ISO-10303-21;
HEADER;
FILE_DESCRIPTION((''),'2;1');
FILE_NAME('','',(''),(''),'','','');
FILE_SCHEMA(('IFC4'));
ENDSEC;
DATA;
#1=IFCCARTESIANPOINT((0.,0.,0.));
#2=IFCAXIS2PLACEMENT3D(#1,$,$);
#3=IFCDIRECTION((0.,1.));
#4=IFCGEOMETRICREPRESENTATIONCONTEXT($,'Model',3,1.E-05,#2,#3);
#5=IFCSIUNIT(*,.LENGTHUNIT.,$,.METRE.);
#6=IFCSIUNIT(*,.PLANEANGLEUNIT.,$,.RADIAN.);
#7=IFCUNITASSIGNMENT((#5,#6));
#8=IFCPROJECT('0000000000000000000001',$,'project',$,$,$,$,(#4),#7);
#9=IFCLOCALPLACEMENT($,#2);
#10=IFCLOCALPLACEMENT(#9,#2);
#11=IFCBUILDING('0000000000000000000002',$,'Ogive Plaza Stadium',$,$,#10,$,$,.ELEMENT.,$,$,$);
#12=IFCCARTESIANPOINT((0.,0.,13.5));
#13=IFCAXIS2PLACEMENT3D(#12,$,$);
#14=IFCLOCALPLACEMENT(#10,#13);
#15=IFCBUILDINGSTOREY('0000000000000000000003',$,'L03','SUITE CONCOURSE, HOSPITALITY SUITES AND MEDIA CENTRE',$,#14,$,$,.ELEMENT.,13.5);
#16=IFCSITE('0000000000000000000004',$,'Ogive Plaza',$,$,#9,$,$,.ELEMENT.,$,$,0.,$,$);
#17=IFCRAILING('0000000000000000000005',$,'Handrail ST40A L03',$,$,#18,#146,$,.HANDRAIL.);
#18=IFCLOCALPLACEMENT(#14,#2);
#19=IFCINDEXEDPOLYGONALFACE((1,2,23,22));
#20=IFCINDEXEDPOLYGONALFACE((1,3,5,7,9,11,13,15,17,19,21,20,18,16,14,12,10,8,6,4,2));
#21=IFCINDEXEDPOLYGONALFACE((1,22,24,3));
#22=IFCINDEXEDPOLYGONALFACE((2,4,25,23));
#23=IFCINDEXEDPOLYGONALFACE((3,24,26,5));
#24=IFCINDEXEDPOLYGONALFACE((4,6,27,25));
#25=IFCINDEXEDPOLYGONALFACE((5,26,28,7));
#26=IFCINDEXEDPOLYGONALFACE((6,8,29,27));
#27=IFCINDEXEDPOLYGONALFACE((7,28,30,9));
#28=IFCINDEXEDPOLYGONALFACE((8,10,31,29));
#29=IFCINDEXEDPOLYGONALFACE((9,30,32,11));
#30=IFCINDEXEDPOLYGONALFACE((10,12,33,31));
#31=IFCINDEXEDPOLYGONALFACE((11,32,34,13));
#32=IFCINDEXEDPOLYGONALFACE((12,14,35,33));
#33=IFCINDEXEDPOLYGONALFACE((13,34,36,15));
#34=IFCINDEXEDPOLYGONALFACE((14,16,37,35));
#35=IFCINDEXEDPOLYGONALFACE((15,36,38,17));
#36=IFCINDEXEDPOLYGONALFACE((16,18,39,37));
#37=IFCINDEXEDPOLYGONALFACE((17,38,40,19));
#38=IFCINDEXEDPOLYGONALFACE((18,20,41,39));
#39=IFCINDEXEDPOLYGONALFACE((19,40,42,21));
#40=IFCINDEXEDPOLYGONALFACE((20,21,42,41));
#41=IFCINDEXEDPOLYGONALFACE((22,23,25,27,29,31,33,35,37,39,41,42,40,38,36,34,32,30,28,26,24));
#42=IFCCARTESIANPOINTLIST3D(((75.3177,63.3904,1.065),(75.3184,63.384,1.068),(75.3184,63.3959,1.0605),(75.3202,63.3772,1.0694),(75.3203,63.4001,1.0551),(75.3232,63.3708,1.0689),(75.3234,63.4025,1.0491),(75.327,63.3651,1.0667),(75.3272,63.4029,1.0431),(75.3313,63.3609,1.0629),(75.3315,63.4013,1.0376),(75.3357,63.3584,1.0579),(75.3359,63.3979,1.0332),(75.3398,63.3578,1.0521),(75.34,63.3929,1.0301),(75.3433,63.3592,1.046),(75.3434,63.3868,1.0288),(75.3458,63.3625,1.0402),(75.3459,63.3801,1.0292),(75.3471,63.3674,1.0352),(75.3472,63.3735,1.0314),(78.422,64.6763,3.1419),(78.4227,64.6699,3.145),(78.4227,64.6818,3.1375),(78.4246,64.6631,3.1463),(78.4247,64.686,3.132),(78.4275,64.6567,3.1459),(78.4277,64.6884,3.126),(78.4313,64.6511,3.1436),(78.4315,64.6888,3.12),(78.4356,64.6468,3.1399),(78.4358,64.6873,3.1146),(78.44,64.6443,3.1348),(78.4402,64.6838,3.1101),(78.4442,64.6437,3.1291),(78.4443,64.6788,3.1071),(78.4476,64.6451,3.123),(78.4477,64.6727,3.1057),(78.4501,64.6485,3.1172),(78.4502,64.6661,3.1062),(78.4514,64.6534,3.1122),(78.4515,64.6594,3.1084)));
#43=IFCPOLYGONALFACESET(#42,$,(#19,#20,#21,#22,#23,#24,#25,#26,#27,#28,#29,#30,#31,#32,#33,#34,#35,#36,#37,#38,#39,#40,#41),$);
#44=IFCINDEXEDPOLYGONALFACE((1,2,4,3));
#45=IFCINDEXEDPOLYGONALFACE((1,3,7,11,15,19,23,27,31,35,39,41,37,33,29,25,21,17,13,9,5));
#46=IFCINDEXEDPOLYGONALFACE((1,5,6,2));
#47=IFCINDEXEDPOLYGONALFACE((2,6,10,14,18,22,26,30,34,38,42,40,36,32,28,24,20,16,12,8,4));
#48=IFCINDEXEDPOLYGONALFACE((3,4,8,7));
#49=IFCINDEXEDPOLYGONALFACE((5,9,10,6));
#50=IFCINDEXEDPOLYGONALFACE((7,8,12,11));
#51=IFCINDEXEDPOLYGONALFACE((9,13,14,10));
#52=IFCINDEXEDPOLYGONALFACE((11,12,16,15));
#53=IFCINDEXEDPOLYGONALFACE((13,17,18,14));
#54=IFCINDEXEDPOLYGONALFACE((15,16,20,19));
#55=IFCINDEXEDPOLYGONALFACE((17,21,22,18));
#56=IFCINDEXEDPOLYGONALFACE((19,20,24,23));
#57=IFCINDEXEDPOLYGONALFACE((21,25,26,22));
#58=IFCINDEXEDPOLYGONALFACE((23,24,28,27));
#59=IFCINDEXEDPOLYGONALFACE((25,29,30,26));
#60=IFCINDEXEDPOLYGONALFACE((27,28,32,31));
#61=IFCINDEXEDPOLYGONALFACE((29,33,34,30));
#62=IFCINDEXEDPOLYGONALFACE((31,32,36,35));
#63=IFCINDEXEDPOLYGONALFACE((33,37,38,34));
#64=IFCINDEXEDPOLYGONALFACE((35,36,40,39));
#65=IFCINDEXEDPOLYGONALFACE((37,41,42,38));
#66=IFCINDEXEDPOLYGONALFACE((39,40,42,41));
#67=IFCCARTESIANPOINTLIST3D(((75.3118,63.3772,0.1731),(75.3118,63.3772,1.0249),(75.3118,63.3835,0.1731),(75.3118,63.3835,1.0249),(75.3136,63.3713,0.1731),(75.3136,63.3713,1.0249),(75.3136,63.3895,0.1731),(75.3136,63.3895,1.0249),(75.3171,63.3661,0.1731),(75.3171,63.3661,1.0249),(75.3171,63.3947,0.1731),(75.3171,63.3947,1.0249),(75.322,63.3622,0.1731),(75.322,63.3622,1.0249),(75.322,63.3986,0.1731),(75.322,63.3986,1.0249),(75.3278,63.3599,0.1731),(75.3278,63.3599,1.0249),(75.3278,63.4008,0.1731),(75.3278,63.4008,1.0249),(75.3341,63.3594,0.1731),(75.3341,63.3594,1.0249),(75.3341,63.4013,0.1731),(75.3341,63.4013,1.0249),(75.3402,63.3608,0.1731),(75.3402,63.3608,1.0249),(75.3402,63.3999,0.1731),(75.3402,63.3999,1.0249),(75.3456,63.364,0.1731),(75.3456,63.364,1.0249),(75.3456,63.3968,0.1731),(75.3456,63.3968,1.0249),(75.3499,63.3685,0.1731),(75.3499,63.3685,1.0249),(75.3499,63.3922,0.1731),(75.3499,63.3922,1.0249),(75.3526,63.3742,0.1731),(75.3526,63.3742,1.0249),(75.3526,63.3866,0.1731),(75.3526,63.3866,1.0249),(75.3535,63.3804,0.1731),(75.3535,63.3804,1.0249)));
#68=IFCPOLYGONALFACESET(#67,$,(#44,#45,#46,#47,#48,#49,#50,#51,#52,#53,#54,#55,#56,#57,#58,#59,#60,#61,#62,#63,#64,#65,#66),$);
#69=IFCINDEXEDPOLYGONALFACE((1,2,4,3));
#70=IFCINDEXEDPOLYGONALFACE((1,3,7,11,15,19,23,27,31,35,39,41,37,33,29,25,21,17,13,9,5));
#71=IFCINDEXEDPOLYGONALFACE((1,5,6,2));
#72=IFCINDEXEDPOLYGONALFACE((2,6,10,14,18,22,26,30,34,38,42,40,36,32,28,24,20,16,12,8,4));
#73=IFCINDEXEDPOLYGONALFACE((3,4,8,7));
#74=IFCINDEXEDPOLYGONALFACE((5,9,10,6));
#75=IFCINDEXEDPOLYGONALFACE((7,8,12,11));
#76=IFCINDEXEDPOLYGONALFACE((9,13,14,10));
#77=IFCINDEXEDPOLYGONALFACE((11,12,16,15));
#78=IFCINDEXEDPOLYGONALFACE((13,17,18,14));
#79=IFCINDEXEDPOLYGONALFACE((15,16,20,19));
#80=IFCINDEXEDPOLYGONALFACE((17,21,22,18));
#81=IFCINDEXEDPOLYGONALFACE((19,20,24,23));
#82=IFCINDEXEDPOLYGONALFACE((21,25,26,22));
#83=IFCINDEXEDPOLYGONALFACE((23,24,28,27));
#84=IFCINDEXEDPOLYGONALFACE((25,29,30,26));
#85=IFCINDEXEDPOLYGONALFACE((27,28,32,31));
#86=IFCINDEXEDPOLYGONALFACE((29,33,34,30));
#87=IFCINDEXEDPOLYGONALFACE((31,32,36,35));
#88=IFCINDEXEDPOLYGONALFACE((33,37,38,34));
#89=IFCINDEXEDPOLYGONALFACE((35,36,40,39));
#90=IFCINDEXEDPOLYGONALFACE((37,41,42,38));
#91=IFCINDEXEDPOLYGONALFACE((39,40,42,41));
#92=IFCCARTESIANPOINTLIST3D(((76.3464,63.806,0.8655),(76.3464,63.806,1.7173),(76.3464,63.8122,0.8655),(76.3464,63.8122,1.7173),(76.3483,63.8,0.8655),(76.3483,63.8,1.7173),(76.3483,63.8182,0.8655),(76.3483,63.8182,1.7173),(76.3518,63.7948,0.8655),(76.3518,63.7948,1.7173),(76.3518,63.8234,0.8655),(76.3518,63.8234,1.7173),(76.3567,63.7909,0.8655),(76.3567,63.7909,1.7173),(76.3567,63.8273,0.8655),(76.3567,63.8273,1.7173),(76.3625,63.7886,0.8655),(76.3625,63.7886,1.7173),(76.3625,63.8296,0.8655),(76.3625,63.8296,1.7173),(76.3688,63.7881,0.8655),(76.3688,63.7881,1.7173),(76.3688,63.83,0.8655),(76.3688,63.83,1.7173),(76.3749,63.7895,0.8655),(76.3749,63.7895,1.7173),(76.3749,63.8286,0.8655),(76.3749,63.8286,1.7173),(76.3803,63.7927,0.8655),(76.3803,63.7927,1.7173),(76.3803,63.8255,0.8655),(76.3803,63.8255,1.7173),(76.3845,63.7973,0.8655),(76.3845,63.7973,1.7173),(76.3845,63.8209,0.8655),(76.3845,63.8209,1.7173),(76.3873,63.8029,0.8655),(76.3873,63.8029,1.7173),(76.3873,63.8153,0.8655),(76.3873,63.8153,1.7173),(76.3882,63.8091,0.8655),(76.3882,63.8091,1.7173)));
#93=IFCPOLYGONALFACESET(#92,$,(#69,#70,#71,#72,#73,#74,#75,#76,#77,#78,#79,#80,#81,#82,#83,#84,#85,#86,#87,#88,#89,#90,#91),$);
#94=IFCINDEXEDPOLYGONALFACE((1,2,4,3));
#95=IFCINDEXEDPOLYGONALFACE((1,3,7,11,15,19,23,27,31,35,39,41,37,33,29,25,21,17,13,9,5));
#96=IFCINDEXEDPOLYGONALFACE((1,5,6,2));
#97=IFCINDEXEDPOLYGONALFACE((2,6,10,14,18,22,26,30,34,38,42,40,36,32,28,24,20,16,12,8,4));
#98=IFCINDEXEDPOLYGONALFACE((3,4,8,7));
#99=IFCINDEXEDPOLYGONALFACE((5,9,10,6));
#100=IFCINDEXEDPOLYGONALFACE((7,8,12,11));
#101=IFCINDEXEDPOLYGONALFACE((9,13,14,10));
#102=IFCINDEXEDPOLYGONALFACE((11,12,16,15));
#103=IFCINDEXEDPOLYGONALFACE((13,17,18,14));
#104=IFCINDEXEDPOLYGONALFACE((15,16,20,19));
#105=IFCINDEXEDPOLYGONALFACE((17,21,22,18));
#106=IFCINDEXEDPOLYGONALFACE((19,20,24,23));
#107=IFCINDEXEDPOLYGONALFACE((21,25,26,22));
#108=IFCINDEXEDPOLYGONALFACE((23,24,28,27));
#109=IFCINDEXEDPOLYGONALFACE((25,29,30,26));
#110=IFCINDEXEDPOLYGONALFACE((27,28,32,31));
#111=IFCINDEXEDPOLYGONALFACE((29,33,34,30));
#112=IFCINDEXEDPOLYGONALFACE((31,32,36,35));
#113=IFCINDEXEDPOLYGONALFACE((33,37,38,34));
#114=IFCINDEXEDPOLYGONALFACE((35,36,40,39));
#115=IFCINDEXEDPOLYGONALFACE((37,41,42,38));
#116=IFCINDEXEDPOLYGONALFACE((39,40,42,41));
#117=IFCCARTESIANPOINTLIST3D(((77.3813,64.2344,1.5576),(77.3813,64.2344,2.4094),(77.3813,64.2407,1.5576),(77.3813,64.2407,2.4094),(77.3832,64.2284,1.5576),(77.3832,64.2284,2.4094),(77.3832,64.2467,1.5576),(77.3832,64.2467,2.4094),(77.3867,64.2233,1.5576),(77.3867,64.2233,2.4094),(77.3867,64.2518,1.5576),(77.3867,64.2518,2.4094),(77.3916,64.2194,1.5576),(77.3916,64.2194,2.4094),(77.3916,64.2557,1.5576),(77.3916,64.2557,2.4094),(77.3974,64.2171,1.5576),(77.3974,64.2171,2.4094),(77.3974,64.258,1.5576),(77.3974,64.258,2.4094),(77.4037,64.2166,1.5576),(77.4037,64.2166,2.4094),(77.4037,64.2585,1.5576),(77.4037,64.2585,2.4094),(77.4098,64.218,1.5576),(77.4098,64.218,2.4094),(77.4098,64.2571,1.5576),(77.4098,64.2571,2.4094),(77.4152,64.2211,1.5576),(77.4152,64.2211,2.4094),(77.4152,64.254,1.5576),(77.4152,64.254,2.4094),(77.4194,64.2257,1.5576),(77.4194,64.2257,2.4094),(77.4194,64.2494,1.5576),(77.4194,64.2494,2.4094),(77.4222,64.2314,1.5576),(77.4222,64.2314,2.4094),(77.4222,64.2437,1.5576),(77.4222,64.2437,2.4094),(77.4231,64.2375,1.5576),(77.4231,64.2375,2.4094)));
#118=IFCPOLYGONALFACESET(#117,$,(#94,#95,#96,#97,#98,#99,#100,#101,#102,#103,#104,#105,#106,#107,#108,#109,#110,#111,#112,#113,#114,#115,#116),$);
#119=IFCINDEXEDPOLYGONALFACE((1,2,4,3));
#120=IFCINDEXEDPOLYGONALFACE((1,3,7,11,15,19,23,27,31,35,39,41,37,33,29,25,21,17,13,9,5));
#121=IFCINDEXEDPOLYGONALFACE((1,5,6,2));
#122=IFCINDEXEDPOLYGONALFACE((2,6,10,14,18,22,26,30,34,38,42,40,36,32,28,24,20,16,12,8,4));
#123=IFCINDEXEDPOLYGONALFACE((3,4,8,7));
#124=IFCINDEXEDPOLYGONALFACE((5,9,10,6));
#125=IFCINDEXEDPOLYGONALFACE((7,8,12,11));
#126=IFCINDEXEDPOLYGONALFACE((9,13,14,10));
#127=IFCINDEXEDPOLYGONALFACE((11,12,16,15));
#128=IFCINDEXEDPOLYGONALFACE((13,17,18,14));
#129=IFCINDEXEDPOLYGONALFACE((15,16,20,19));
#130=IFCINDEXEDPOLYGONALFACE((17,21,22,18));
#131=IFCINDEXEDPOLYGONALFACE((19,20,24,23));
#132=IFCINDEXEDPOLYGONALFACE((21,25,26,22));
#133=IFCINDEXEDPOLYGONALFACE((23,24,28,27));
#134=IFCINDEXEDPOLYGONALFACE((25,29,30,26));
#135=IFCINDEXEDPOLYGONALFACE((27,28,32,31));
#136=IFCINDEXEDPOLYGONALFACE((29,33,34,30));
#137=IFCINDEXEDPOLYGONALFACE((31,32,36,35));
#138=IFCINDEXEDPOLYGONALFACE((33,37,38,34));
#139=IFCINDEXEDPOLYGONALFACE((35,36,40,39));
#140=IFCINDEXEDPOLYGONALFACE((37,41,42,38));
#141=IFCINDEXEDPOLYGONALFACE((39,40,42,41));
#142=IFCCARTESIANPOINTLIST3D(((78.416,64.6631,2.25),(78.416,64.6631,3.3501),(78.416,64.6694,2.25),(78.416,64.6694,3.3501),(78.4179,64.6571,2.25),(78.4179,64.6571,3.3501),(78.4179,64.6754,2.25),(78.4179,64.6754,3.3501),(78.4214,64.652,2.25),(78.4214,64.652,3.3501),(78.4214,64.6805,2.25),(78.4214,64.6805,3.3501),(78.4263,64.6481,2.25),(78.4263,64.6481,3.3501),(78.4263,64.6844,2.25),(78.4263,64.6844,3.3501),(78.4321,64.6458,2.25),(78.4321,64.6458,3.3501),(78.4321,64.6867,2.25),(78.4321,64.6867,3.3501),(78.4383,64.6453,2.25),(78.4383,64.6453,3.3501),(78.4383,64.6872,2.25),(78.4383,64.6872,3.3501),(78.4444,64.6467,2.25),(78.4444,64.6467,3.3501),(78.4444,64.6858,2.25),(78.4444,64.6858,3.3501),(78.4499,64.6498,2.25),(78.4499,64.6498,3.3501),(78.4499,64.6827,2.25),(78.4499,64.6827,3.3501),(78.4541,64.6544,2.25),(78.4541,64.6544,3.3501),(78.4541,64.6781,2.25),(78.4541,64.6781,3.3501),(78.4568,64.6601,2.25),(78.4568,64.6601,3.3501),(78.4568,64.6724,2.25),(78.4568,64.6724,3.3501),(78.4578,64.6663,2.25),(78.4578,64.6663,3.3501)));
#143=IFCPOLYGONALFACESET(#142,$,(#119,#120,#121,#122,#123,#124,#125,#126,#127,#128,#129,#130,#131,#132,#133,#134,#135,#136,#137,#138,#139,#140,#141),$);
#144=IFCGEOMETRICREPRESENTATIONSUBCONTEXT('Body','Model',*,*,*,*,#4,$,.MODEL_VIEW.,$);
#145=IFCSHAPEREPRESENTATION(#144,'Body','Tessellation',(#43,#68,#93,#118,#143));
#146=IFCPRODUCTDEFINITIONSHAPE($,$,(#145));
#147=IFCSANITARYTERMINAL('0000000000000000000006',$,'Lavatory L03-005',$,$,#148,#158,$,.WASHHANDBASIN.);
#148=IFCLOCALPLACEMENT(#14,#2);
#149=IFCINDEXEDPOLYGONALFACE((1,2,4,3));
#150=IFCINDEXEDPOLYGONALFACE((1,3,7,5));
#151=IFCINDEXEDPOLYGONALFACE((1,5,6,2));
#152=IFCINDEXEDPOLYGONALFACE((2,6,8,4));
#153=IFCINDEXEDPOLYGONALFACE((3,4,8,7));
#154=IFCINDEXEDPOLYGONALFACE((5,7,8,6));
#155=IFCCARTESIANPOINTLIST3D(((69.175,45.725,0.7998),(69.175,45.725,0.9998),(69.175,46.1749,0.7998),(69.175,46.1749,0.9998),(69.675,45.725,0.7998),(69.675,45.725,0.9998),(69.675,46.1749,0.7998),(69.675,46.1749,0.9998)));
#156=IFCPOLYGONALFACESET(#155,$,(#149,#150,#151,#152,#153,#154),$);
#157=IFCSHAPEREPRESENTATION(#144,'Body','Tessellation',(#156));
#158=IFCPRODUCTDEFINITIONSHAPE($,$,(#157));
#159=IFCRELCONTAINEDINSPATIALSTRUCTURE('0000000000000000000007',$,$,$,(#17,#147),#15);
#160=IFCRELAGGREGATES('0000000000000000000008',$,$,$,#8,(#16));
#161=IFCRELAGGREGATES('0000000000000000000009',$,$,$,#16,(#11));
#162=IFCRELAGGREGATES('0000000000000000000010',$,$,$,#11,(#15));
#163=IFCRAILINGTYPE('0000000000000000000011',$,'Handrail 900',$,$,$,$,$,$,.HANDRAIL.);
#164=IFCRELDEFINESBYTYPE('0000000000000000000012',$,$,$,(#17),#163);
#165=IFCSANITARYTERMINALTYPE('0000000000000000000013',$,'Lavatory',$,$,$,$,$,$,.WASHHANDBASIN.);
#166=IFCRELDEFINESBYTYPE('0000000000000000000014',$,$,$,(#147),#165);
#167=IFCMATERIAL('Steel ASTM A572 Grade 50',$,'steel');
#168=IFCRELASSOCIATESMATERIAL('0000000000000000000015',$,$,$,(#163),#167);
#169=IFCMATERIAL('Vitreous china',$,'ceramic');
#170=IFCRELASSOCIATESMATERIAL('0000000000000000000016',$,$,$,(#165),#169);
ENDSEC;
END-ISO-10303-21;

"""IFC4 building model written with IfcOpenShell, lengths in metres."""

from ifc_helpers import new_model, si_unit, direction, frame, origin, origin_2d, place, context, subcontext, project, spatial, rectangle, circle, extrude, material, type_object, element, save


model = new_model("IFC4")

# Units and contexts
model_context = context("Model", 3, precision=1e-05, world=origin(), true_north=direction((0.0, 1.0)))
body_context = subcontext(model_context, "Body", "Model", "MODEL_VIEW")
ifc_project = project(units=[si_unit("LENGTHUNIT", "METRE"), si_unit("PLANEANGLEUNIT", "RADIAN")], contexts=[model_context])

# Site, building, storey
site_placement = place(None, origin())
site = spatial("IfcSite", under=ifc_project, at=site_placement, Name="Ogive Plaza", CompositionType="ELEMENT", RefElevation=0.0)
building_placement = place(site_placement, origin())
building = spatial("IfcBuilding", under=site, at=building_placement, Name="Ogive Plaza Stadium", CompositionType="ELEMENT")
storey_placement = place(building_placement, frame((0.0, 0.0, 13.5)))
storey = spatial("IfcBuildingStorey", under=building, at=storey_placement, Name="L03", Description="SUITE CONCOURSE, HOSPITALITY SUITES AND MEDIA CENTRE", CompositionType="ELEMENT", Elevation=13.5)

# Railing
ifc_material_1 = material(Name="Steel ASTM A572 Grade 50", Category="steel")
railing_type = type_object("IfcRailingType", Name="Handrail 900", PredefinedType="HANDRAIL", material=ifc_material_1)
railing_placement = place(storey_placement, frame((75.3325, 63.3804, 0.1731)))
element("IfcRailing", 1, at=railing_placement, inside=storey, type_object=railing_type, Name="Handrail ST40A L03", PredefinedType="HANDRAIL", context=body_context, shape_type="SweptSolid", body=[
    extrude(circle(Radius=0.0239, at=origin_2d()), frame((0.0, 0.0, 0.876), z_axis=(0.785863, 0.325532, 0.525783), x_axis=(-0.3827, 0.923872, 0.0)), (0.0, 0.0, 1.0), 3.9502),
    extrude(circle(Radius=0.021, at=origin_2d()), origin(), (0.0, 0.0, 1.0), 0.8518),
    extrude(circle(Radius=0.021, at=origin_2d()), frame((1.0347, 0.4287, 0.6924)), (0.0, 0.0, 1.0), 0.8518),
    extrude(circle(Radius=0.021, at=origin_2d()), frame((2.0696, 0.8572, 1.3845)), (0.0, 0.0, 1.0), 0.8518),
    extrude(circle(Radius=0.021, at=origin_2d()), frame((3.1042, 1.2859, 2.0769)), (0.0, 0.0, 1.0), 1.1001),
])

# Sanitary terminal
ifc_material_2 = material(Name="Vitreous china", Category="ceramic")
sanitary_terminal_type = type_object("IfcSanitaryTerminalType", Name="Lavatory", PredefinedType="WASHHANDBASIN", material=ifc_material_2)
sanitary_terminal_placement = place(storey_placement, frame((69.425, 45.95, 0.7998), z_axis=(0.0, 0.0, 1.0), x_axis=(-1.0, 0.0, 0.0)))
element("IfcSanitaryTerminal", 2, at=sanitary_terminal_placement, inside=storey, type_object=sanitary_terminal_type, Name="Lavatory L03-005", PredefinedType="WASHHANDBASIN", context=body_context, shape_type="SweptSolid", body=[
    extrude(rectangle(XDim=0.5, YDim=0.45, at=origin_2d()), origin(), (0.0, 0.0, 1.0), 0.2),
])

save(model, "model.ifc")
